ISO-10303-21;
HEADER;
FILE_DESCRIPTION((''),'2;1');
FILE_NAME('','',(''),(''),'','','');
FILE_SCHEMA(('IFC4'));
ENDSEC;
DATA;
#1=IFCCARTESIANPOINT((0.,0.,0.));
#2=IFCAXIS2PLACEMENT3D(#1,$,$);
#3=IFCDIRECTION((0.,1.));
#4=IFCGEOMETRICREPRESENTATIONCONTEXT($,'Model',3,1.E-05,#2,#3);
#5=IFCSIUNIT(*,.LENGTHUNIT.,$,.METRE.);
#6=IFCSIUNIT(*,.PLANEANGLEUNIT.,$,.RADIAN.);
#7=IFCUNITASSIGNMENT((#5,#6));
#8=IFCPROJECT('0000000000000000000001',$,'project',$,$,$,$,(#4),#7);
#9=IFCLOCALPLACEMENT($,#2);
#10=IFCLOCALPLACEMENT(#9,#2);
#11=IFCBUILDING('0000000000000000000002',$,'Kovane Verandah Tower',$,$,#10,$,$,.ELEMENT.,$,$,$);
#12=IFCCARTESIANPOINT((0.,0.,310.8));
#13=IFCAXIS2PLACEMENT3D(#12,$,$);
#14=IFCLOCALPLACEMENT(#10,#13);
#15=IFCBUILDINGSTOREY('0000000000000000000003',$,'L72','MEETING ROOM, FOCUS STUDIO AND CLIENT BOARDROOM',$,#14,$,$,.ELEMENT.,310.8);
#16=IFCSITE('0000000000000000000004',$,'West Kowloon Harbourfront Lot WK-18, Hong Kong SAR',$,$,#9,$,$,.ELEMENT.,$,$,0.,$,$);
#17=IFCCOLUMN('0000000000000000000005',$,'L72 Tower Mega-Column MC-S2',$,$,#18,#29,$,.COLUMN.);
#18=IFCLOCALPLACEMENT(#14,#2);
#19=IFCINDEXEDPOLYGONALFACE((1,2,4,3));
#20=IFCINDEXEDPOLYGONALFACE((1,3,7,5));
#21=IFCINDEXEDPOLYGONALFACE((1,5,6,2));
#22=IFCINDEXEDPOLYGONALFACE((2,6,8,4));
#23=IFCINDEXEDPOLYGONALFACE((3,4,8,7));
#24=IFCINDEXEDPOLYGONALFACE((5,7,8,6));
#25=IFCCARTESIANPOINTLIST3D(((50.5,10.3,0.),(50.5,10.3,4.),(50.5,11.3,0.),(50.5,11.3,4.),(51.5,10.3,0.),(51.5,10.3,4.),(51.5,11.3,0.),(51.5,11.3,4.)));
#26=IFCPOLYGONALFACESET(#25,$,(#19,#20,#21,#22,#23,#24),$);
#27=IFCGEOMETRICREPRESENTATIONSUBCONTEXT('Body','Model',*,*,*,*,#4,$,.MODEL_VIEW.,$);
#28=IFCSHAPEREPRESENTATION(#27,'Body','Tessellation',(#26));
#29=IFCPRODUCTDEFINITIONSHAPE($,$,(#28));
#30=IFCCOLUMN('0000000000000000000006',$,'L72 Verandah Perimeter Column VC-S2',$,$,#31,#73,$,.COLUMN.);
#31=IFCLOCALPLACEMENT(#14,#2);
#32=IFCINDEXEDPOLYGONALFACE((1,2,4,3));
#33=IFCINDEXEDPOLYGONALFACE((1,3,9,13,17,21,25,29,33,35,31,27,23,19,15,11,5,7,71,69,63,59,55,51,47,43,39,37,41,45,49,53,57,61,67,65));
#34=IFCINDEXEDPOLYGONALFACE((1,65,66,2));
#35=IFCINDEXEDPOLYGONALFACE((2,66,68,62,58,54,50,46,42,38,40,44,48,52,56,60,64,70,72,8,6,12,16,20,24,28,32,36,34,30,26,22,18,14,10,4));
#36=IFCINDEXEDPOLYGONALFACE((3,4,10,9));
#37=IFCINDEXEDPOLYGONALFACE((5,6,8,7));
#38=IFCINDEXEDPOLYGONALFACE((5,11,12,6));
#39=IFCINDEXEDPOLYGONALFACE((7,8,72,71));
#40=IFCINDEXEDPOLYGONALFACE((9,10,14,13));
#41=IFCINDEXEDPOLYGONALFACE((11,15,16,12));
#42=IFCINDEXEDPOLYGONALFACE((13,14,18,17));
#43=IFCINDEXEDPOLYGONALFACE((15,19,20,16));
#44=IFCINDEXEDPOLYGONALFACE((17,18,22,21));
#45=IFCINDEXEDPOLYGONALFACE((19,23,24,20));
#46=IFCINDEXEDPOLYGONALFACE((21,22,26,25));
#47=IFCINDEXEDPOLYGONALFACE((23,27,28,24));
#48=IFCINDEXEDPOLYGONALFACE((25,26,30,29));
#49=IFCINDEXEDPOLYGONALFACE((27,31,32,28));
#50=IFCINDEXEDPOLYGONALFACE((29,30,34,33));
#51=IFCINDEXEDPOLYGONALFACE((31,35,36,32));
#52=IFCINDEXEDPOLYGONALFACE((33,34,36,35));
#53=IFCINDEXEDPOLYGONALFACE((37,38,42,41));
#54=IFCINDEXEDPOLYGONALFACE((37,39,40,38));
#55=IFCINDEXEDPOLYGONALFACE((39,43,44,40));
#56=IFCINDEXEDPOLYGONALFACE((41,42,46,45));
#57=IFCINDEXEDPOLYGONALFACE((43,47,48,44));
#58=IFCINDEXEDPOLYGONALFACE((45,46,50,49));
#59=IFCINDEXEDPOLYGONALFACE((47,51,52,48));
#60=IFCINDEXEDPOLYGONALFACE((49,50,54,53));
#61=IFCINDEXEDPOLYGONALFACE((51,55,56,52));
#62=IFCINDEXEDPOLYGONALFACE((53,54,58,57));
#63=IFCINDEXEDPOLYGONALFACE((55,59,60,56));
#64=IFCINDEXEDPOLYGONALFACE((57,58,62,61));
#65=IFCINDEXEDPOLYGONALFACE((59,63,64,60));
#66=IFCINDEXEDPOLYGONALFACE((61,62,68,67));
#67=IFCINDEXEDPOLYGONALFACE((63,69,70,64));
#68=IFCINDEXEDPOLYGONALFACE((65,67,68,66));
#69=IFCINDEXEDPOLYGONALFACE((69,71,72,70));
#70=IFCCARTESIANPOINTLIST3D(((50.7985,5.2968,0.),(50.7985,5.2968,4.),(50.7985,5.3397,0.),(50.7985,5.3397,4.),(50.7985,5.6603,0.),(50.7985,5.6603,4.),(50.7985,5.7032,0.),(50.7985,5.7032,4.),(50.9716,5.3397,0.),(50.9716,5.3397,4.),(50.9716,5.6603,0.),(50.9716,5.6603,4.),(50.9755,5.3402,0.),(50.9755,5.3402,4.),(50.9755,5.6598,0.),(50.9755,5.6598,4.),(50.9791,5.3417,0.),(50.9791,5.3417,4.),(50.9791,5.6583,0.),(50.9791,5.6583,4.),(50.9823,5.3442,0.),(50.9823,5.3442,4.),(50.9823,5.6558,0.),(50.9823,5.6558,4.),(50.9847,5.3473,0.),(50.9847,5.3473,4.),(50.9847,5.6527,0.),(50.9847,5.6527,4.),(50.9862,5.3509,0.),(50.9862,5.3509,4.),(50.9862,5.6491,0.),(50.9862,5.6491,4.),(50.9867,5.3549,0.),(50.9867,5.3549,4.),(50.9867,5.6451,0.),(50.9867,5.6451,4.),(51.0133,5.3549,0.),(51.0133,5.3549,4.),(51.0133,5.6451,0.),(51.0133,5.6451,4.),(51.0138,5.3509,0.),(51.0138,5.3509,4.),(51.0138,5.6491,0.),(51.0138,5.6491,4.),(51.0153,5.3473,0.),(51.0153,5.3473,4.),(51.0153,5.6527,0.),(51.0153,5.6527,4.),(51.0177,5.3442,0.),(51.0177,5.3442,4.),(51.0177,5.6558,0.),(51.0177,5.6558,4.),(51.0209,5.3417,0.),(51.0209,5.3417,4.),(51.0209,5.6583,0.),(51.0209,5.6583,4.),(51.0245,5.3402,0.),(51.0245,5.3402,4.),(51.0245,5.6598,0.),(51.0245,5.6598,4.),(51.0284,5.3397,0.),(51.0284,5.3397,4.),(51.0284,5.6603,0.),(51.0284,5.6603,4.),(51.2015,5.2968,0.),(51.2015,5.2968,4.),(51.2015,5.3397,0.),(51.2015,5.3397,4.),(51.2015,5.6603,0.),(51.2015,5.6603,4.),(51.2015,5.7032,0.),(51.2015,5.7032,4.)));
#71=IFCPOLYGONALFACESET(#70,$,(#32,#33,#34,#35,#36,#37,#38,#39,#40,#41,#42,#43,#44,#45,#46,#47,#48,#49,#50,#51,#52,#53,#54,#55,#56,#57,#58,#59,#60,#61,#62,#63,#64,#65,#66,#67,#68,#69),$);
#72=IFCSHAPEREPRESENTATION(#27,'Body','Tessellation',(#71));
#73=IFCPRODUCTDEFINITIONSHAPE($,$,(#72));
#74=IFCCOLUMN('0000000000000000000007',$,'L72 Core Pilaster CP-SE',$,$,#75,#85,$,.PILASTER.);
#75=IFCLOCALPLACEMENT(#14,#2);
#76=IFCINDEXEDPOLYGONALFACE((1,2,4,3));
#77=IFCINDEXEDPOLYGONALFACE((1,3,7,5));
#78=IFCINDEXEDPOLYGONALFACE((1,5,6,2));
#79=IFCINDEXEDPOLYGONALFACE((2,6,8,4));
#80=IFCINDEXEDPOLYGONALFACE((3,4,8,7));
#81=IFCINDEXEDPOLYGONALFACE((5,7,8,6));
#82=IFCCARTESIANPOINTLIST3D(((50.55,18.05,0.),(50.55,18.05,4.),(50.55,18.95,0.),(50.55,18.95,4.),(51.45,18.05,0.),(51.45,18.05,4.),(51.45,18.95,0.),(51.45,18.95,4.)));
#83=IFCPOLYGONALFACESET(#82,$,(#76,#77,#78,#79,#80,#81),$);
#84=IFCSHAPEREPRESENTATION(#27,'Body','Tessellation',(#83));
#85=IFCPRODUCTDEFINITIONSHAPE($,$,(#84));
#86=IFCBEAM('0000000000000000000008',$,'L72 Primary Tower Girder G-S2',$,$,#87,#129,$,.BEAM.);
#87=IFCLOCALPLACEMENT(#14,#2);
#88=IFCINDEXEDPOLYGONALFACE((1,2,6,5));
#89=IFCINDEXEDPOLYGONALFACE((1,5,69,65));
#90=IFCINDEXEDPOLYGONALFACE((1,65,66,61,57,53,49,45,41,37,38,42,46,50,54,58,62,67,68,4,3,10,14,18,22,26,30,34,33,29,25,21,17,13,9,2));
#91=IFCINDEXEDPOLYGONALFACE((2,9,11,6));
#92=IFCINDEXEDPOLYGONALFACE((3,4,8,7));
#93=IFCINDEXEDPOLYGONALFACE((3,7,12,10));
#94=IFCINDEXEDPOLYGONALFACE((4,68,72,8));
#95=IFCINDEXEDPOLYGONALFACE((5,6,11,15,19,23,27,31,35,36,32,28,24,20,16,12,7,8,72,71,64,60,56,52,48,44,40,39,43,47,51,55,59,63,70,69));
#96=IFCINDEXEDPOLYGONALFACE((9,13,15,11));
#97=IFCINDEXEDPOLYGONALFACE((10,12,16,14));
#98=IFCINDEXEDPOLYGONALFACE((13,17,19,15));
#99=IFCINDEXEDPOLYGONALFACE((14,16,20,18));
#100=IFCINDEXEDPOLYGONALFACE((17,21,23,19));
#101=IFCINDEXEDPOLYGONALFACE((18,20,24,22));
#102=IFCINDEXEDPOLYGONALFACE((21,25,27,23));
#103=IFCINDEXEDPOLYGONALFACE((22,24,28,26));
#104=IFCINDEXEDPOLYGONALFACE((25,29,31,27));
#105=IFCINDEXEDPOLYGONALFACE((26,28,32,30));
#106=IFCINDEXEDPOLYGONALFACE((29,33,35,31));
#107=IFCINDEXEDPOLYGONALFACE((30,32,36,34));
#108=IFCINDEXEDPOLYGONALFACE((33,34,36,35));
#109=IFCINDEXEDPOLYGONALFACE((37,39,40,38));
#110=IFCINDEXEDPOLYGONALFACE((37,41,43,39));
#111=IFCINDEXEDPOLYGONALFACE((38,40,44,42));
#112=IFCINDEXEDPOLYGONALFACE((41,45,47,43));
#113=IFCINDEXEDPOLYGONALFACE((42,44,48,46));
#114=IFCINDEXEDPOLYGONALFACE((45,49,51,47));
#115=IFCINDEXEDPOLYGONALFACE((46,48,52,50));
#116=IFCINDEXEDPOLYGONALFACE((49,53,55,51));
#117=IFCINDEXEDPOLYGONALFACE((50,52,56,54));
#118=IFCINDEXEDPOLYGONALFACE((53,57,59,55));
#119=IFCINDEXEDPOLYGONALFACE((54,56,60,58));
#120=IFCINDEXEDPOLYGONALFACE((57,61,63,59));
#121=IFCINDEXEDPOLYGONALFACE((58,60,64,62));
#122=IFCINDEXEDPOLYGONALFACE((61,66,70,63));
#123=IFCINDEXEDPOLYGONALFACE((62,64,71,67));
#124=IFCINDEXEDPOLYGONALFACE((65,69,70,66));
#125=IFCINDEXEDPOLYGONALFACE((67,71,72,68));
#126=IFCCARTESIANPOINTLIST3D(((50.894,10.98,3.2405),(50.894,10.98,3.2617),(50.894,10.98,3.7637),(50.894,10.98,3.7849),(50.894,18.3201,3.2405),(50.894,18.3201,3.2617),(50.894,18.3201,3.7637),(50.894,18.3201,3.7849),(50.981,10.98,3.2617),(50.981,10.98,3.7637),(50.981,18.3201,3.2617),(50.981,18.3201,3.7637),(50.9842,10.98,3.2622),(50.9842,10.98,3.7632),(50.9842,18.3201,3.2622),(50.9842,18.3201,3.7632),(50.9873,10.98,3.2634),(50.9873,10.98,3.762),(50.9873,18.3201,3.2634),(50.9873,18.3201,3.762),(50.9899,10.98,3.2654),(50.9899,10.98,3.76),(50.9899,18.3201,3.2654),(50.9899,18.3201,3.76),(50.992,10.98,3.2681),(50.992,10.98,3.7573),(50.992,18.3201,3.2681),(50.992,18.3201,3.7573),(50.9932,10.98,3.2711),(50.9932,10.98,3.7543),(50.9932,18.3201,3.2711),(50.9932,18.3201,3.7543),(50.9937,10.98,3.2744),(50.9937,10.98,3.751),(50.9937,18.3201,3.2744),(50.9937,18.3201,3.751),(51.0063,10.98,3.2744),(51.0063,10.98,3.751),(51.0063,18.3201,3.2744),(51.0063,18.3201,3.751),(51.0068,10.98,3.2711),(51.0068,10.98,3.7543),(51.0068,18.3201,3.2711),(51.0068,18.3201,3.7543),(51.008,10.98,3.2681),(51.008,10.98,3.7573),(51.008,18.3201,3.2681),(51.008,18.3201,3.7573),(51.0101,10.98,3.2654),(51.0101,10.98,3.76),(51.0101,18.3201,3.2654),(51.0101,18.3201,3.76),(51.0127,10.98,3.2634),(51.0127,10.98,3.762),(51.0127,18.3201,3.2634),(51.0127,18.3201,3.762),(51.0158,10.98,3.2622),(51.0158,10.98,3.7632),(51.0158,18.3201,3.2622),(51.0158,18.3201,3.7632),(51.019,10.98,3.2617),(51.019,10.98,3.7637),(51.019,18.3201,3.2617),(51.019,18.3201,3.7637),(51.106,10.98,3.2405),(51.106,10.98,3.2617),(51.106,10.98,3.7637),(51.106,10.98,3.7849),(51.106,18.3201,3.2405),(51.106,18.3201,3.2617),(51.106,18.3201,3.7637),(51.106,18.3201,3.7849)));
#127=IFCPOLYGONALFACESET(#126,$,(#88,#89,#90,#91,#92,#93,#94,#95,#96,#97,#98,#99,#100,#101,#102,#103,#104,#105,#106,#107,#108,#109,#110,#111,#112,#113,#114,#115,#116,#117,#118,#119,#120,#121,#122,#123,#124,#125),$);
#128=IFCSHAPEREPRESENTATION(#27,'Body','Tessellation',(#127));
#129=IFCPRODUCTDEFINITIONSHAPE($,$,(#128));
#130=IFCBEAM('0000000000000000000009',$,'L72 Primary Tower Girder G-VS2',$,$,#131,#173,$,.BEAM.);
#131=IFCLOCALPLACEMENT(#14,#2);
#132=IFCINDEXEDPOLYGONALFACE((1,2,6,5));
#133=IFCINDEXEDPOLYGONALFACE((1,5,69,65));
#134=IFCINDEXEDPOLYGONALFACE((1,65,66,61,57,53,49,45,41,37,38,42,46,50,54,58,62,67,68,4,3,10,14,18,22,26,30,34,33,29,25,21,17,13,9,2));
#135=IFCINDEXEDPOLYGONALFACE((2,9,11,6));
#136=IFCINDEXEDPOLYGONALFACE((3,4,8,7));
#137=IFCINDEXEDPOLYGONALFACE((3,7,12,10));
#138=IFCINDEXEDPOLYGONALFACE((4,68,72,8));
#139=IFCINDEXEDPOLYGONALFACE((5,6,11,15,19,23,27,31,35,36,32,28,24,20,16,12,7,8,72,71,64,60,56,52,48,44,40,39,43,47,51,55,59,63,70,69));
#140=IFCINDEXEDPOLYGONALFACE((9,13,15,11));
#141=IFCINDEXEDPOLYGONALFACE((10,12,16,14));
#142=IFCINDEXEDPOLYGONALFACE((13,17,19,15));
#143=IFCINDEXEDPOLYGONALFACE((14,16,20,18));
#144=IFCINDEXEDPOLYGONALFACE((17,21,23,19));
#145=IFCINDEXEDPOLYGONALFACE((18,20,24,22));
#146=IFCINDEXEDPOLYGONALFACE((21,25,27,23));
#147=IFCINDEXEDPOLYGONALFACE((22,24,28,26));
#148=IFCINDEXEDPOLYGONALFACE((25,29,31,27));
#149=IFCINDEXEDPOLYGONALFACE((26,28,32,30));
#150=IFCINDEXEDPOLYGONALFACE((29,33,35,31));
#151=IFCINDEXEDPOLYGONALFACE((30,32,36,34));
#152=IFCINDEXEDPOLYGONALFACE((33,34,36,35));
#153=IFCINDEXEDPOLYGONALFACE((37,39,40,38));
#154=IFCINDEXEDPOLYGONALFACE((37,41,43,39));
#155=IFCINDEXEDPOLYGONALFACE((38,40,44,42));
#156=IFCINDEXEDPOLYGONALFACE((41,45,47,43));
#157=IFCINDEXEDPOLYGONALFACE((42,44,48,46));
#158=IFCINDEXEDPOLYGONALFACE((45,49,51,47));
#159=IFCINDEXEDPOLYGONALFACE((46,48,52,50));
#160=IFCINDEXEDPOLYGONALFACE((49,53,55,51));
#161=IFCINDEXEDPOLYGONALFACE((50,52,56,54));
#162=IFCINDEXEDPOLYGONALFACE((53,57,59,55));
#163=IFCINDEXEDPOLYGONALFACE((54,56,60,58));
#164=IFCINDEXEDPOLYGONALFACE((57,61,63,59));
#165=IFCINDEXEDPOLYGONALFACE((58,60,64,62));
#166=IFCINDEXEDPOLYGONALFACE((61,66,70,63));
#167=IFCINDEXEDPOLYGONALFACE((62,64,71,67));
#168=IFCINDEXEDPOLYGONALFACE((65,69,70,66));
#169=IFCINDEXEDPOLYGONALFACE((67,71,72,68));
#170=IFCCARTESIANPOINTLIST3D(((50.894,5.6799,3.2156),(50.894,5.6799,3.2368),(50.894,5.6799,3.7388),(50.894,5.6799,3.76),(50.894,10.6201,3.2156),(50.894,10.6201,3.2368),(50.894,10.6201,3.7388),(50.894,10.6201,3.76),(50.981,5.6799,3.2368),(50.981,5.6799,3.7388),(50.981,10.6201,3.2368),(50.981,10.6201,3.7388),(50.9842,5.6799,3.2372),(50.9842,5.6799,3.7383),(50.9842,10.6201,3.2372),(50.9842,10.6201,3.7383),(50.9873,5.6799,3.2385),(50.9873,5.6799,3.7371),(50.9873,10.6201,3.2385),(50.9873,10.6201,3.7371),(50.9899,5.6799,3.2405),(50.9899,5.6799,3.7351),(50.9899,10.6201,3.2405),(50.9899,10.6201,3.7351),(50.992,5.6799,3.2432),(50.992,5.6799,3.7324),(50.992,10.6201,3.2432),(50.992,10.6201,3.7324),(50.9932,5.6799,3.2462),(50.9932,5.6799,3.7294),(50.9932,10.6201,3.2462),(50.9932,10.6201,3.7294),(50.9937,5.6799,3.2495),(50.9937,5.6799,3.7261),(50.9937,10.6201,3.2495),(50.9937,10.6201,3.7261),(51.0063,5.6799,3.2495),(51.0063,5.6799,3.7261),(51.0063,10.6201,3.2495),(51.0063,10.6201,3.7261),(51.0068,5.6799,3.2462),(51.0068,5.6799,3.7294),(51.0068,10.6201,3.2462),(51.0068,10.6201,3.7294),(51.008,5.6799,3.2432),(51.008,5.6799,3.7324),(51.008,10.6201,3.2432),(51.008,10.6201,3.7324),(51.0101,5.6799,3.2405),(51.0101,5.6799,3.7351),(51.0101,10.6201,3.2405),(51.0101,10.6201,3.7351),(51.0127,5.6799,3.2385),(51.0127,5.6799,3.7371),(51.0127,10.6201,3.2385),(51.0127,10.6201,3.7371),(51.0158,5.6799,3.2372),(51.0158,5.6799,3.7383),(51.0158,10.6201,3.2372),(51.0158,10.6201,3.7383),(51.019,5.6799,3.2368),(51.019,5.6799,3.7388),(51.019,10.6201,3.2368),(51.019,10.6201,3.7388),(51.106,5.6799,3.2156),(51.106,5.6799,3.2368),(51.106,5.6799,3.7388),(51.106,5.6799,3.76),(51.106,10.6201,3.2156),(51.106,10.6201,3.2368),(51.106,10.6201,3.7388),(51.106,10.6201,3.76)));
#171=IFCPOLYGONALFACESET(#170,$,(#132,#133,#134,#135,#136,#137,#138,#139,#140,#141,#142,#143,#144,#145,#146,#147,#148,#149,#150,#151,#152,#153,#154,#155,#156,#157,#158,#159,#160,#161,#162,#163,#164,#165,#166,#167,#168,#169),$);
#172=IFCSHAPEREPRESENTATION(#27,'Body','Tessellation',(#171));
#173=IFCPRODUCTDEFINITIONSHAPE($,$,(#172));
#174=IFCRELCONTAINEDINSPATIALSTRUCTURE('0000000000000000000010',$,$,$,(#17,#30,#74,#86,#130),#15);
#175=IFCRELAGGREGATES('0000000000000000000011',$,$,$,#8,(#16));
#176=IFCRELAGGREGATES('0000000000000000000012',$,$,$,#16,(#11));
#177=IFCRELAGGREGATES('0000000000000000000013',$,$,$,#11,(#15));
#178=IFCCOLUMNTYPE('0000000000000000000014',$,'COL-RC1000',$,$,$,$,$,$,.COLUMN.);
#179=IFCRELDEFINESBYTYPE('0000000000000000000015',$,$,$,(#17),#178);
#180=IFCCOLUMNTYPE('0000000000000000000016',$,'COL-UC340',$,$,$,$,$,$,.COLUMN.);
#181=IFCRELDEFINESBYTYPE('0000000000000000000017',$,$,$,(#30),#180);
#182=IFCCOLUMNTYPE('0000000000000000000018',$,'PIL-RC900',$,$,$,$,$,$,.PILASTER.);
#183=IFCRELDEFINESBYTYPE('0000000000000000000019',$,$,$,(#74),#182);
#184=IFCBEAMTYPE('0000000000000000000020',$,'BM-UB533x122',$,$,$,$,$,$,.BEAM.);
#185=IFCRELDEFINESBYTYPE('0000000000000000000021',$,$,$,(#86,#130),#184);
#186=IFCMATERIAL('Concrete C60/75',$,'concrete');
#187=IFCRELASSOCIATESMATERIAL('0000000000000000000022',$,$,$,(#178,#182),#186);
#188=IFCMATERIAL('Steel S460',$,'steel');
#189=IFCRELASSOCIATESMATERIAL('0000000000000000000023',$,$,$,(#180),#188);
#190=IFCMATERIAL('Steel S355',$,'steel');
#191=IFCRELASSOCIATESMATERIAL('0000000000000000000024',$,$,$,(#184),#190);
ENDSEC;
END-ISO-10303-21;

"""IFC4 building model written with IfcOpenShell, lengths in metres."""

from ifc_helpers import new_model, si_unit, direction, frame, origin, origin_2d, place, context, subcontext, project, spatial, rectangle, i_section, extrude, material, material_profile, profile_set, type_object, element, save


model = new_model("IFC4")

# Units and contexts
model_context = context("Model", 3, precision=1e-05, world=origin(), true_north=direction((0.0, 1.0)))
body_context = subcontext(model_context, "Body", "Model", "MODEL_VIEW")
ifc_project = project(units=[si_unit("LENGTHUNIT", "METRE"), si_unit("PLANEANGLEUNIT", "RADIAN")], contexts=[model_context])

# Site, building, storey
site_placement = place(None, origin())
site = spatial("IfcSite", under=ifc_project, at=site_placement, Name="West Kowloon Harbourfront Lot WK-18, Hong Kong SAR", CompositionType="ELEMENT", RefElevation=0.0)
building_placement = place(site_placement, origin())
building = spatial("IfcBuilding", under=site, at=building_placement, Name="Kovane Verandah Tower", CompositionType="ELEMENT")
storey_placement = place(building_placement, frame((0.0, 0.0, 310.8)))
storey = spatial("IfcBuildingStorey", under=building, at=storey_placement, Name="L72", Description="MEETING ROOM, FOCUS STUDIO AND CLIENT BOARDROOM", CompositionType="ELEMENT", Elevation=310.8)

# Columns
ifc_material_1 = material(Name="Concrete C60/75", Category="concrete")
ifc_material_profile_1 = material_profile(ifc_material_1, rectangle(XDim=1.0, YDim=1.0, at=origin_2d()), Name="RC1000x1000")
ifc_profile_set_1 = profile_set([ifc_material_profile_1], Name="Concrete C60/75")
column_type_1 = type_object("IfcColumnType", Name="COL-RC1000", PredefinedType="COLUMN", material=ifc_profile_set_1)
column_1_placement = place(storey_placement, frame((51.0, 10.8, 0.0), z_axis=(0.0, 0.0, 1.0), x_axis=(1.0, 0.0, 0.0)))
element("IfcColumn", 1, at=column_1_placement, inside=storey, type_object=column_type_1, Name="L72 Tower Mega-Column MC-S2", PredefinedType="COLUMN", context=body_context, shape_type="SweptSolid", body=[
    extrude(rectangle(XDim=1.0, YDim=1.0, at=origin_2d()), origin(), (0.0, 0.0, 1.0), 4.0),
])
ifc_material_2 = material(Name="Steel S460", Category="steel")
ifc_material_profile_2 = material_profile(ifc_material_2, i_section(OverallWidth=0.4031, OverallDepth=0.4065, WebThickness=0.0266, FlangeThickness=0.043, FilletRadius=0.0151, at=origin_2d()), Name="UC356x406x340")
ifc_profile_set_2 = profile_set([ifc_material_profile_2], Name="Steel S460")
column_type_2 = type_object("IfcColumnType", Name="COL-UC340", PredefinedType="COLUMN", material=ifc_profile_set_2)
column_2_placement = place(storey_placement, frame((51.0, 5.5, 0.0), z_axis=(0.0, 0.0, 1.0), x_axis=(1.0, 0.0, 0.0)))
element("IfcColumn", 2, at=column_2_placement, inside=storey, type_object=column_type_2, Name="L72 Verandah Perimeter Column VC-S2", PredefinedType="COLUMN", context=body_context, shape_type="SweptSolid", body=[
    extrude(i_section(OverallWidth=0.4031, OverallDepth=0.4065, WebThickness=0.0266, FlangeThickness=0.043, FilletRadius=0.0151, at=origin_2d()), origin(), (0.0, 0.0, 1.0), 4.0),
])
ifc_material_profile_3 = material_profile(ifc_material_1, rectangle(XDim=0.8999, YDim=0.8999, at=origin_2d()), Name="RC900x900")
ifc_profile_set_3 = profile_set([ifc_material_profile_3], Name="Concrete C60/75")
column_type_3 = type_object("IfcColumnType", Name="PIL-RC900", PredefinedType="PILASTER", material=ifc_profile_set_3)
column_3_placement = place(storey_placement, frame((51.0, 18.5, 0.0), z_axis=(0.0, 0.0, 1.0), x_axis=(1.0, 0.0, 0.0)))
element("IfcColumn", 3, at=column_3_placement, inside=storey, type_object=column_type_3, Name="L72 Core Pilaster CP-SE", PredefinedType="PILASTER", context=body_context, shape_type="SweptSolid", body=[
    extrude(rectangle(XDim=0.8999, YDim=0.8999, at=origin_2d()), origin(), (0.0, 0.0, 1.0), 4.0),
])

# Beams
ifc_material_3 = material(Name="Steel S355", Category="steel")
ifc_material_profile_4 = material_profile(ifc_material_3, i_section(OverallWidth=0.2119, OverallDepth=0.5444, WebThickness=0.0127, FlangeThickness=0.0212, FilletRadius=0.0127, at=origin_2d()), Name="UB533x210x122")
ifc_profile_set_4 = profile_set([ifc_material_profile_4], Name="Steel S355")
beam_type_1 = type_object("IfcBeamType", Name="BM-UB533x122", PredefinedType="BEAM", material=ifc_profile_set_4)
beam_1_placement = place(storey_placement, frame((51.0, 18.3201, 3.5127), z_axis=(0.0, -1.0, 0.0), x_axis=(1.0, 0.0, 0.0)))
element("IfcBeam", 4, at=beam_1_placement, inside=storey, type_object=beam_type_1, Name="L72 Primary Tower Girder G-S2", PredefinedType="BEAM", context=body_context, shape_type="SweptSolid", body=[
    extrude(i_section(OverallWidth=0.2119, OverallDepth=0.5444, WebThickness=0.0127, FlangeThickness=0.0212, FilletRadius=0.0127, at=origin_2d()), origin(), (0.0, 0.0, 1.0), 7.3401),
])
beam_2_placement = place(storey_placement, frame((51.0, 10.6201, 3.4878), z_axis=(0.0, -1.0, 0.0), x_axis=(1.0, 0.0, 0.0)))
element("IfcBeam", 5, at=beam_2_placement, inside=storey, type_object=beam_type_1, Name="L72 Primary Tower Girder G-VS2", PredefinedType="BEAM", context=body_context, shape_type="SweptSolid", body=[
    extrude(i_section(OverallWidth=0.2119, OverallDepth=0.5444, WebThickness=0.0127, FlangeThickness=0.0212, FilletRadius=0.0127, at=origin_2d()), origin(), (0.0, 0.0, 1.0), 4.9402),
])

save(model, "model.ifc")
